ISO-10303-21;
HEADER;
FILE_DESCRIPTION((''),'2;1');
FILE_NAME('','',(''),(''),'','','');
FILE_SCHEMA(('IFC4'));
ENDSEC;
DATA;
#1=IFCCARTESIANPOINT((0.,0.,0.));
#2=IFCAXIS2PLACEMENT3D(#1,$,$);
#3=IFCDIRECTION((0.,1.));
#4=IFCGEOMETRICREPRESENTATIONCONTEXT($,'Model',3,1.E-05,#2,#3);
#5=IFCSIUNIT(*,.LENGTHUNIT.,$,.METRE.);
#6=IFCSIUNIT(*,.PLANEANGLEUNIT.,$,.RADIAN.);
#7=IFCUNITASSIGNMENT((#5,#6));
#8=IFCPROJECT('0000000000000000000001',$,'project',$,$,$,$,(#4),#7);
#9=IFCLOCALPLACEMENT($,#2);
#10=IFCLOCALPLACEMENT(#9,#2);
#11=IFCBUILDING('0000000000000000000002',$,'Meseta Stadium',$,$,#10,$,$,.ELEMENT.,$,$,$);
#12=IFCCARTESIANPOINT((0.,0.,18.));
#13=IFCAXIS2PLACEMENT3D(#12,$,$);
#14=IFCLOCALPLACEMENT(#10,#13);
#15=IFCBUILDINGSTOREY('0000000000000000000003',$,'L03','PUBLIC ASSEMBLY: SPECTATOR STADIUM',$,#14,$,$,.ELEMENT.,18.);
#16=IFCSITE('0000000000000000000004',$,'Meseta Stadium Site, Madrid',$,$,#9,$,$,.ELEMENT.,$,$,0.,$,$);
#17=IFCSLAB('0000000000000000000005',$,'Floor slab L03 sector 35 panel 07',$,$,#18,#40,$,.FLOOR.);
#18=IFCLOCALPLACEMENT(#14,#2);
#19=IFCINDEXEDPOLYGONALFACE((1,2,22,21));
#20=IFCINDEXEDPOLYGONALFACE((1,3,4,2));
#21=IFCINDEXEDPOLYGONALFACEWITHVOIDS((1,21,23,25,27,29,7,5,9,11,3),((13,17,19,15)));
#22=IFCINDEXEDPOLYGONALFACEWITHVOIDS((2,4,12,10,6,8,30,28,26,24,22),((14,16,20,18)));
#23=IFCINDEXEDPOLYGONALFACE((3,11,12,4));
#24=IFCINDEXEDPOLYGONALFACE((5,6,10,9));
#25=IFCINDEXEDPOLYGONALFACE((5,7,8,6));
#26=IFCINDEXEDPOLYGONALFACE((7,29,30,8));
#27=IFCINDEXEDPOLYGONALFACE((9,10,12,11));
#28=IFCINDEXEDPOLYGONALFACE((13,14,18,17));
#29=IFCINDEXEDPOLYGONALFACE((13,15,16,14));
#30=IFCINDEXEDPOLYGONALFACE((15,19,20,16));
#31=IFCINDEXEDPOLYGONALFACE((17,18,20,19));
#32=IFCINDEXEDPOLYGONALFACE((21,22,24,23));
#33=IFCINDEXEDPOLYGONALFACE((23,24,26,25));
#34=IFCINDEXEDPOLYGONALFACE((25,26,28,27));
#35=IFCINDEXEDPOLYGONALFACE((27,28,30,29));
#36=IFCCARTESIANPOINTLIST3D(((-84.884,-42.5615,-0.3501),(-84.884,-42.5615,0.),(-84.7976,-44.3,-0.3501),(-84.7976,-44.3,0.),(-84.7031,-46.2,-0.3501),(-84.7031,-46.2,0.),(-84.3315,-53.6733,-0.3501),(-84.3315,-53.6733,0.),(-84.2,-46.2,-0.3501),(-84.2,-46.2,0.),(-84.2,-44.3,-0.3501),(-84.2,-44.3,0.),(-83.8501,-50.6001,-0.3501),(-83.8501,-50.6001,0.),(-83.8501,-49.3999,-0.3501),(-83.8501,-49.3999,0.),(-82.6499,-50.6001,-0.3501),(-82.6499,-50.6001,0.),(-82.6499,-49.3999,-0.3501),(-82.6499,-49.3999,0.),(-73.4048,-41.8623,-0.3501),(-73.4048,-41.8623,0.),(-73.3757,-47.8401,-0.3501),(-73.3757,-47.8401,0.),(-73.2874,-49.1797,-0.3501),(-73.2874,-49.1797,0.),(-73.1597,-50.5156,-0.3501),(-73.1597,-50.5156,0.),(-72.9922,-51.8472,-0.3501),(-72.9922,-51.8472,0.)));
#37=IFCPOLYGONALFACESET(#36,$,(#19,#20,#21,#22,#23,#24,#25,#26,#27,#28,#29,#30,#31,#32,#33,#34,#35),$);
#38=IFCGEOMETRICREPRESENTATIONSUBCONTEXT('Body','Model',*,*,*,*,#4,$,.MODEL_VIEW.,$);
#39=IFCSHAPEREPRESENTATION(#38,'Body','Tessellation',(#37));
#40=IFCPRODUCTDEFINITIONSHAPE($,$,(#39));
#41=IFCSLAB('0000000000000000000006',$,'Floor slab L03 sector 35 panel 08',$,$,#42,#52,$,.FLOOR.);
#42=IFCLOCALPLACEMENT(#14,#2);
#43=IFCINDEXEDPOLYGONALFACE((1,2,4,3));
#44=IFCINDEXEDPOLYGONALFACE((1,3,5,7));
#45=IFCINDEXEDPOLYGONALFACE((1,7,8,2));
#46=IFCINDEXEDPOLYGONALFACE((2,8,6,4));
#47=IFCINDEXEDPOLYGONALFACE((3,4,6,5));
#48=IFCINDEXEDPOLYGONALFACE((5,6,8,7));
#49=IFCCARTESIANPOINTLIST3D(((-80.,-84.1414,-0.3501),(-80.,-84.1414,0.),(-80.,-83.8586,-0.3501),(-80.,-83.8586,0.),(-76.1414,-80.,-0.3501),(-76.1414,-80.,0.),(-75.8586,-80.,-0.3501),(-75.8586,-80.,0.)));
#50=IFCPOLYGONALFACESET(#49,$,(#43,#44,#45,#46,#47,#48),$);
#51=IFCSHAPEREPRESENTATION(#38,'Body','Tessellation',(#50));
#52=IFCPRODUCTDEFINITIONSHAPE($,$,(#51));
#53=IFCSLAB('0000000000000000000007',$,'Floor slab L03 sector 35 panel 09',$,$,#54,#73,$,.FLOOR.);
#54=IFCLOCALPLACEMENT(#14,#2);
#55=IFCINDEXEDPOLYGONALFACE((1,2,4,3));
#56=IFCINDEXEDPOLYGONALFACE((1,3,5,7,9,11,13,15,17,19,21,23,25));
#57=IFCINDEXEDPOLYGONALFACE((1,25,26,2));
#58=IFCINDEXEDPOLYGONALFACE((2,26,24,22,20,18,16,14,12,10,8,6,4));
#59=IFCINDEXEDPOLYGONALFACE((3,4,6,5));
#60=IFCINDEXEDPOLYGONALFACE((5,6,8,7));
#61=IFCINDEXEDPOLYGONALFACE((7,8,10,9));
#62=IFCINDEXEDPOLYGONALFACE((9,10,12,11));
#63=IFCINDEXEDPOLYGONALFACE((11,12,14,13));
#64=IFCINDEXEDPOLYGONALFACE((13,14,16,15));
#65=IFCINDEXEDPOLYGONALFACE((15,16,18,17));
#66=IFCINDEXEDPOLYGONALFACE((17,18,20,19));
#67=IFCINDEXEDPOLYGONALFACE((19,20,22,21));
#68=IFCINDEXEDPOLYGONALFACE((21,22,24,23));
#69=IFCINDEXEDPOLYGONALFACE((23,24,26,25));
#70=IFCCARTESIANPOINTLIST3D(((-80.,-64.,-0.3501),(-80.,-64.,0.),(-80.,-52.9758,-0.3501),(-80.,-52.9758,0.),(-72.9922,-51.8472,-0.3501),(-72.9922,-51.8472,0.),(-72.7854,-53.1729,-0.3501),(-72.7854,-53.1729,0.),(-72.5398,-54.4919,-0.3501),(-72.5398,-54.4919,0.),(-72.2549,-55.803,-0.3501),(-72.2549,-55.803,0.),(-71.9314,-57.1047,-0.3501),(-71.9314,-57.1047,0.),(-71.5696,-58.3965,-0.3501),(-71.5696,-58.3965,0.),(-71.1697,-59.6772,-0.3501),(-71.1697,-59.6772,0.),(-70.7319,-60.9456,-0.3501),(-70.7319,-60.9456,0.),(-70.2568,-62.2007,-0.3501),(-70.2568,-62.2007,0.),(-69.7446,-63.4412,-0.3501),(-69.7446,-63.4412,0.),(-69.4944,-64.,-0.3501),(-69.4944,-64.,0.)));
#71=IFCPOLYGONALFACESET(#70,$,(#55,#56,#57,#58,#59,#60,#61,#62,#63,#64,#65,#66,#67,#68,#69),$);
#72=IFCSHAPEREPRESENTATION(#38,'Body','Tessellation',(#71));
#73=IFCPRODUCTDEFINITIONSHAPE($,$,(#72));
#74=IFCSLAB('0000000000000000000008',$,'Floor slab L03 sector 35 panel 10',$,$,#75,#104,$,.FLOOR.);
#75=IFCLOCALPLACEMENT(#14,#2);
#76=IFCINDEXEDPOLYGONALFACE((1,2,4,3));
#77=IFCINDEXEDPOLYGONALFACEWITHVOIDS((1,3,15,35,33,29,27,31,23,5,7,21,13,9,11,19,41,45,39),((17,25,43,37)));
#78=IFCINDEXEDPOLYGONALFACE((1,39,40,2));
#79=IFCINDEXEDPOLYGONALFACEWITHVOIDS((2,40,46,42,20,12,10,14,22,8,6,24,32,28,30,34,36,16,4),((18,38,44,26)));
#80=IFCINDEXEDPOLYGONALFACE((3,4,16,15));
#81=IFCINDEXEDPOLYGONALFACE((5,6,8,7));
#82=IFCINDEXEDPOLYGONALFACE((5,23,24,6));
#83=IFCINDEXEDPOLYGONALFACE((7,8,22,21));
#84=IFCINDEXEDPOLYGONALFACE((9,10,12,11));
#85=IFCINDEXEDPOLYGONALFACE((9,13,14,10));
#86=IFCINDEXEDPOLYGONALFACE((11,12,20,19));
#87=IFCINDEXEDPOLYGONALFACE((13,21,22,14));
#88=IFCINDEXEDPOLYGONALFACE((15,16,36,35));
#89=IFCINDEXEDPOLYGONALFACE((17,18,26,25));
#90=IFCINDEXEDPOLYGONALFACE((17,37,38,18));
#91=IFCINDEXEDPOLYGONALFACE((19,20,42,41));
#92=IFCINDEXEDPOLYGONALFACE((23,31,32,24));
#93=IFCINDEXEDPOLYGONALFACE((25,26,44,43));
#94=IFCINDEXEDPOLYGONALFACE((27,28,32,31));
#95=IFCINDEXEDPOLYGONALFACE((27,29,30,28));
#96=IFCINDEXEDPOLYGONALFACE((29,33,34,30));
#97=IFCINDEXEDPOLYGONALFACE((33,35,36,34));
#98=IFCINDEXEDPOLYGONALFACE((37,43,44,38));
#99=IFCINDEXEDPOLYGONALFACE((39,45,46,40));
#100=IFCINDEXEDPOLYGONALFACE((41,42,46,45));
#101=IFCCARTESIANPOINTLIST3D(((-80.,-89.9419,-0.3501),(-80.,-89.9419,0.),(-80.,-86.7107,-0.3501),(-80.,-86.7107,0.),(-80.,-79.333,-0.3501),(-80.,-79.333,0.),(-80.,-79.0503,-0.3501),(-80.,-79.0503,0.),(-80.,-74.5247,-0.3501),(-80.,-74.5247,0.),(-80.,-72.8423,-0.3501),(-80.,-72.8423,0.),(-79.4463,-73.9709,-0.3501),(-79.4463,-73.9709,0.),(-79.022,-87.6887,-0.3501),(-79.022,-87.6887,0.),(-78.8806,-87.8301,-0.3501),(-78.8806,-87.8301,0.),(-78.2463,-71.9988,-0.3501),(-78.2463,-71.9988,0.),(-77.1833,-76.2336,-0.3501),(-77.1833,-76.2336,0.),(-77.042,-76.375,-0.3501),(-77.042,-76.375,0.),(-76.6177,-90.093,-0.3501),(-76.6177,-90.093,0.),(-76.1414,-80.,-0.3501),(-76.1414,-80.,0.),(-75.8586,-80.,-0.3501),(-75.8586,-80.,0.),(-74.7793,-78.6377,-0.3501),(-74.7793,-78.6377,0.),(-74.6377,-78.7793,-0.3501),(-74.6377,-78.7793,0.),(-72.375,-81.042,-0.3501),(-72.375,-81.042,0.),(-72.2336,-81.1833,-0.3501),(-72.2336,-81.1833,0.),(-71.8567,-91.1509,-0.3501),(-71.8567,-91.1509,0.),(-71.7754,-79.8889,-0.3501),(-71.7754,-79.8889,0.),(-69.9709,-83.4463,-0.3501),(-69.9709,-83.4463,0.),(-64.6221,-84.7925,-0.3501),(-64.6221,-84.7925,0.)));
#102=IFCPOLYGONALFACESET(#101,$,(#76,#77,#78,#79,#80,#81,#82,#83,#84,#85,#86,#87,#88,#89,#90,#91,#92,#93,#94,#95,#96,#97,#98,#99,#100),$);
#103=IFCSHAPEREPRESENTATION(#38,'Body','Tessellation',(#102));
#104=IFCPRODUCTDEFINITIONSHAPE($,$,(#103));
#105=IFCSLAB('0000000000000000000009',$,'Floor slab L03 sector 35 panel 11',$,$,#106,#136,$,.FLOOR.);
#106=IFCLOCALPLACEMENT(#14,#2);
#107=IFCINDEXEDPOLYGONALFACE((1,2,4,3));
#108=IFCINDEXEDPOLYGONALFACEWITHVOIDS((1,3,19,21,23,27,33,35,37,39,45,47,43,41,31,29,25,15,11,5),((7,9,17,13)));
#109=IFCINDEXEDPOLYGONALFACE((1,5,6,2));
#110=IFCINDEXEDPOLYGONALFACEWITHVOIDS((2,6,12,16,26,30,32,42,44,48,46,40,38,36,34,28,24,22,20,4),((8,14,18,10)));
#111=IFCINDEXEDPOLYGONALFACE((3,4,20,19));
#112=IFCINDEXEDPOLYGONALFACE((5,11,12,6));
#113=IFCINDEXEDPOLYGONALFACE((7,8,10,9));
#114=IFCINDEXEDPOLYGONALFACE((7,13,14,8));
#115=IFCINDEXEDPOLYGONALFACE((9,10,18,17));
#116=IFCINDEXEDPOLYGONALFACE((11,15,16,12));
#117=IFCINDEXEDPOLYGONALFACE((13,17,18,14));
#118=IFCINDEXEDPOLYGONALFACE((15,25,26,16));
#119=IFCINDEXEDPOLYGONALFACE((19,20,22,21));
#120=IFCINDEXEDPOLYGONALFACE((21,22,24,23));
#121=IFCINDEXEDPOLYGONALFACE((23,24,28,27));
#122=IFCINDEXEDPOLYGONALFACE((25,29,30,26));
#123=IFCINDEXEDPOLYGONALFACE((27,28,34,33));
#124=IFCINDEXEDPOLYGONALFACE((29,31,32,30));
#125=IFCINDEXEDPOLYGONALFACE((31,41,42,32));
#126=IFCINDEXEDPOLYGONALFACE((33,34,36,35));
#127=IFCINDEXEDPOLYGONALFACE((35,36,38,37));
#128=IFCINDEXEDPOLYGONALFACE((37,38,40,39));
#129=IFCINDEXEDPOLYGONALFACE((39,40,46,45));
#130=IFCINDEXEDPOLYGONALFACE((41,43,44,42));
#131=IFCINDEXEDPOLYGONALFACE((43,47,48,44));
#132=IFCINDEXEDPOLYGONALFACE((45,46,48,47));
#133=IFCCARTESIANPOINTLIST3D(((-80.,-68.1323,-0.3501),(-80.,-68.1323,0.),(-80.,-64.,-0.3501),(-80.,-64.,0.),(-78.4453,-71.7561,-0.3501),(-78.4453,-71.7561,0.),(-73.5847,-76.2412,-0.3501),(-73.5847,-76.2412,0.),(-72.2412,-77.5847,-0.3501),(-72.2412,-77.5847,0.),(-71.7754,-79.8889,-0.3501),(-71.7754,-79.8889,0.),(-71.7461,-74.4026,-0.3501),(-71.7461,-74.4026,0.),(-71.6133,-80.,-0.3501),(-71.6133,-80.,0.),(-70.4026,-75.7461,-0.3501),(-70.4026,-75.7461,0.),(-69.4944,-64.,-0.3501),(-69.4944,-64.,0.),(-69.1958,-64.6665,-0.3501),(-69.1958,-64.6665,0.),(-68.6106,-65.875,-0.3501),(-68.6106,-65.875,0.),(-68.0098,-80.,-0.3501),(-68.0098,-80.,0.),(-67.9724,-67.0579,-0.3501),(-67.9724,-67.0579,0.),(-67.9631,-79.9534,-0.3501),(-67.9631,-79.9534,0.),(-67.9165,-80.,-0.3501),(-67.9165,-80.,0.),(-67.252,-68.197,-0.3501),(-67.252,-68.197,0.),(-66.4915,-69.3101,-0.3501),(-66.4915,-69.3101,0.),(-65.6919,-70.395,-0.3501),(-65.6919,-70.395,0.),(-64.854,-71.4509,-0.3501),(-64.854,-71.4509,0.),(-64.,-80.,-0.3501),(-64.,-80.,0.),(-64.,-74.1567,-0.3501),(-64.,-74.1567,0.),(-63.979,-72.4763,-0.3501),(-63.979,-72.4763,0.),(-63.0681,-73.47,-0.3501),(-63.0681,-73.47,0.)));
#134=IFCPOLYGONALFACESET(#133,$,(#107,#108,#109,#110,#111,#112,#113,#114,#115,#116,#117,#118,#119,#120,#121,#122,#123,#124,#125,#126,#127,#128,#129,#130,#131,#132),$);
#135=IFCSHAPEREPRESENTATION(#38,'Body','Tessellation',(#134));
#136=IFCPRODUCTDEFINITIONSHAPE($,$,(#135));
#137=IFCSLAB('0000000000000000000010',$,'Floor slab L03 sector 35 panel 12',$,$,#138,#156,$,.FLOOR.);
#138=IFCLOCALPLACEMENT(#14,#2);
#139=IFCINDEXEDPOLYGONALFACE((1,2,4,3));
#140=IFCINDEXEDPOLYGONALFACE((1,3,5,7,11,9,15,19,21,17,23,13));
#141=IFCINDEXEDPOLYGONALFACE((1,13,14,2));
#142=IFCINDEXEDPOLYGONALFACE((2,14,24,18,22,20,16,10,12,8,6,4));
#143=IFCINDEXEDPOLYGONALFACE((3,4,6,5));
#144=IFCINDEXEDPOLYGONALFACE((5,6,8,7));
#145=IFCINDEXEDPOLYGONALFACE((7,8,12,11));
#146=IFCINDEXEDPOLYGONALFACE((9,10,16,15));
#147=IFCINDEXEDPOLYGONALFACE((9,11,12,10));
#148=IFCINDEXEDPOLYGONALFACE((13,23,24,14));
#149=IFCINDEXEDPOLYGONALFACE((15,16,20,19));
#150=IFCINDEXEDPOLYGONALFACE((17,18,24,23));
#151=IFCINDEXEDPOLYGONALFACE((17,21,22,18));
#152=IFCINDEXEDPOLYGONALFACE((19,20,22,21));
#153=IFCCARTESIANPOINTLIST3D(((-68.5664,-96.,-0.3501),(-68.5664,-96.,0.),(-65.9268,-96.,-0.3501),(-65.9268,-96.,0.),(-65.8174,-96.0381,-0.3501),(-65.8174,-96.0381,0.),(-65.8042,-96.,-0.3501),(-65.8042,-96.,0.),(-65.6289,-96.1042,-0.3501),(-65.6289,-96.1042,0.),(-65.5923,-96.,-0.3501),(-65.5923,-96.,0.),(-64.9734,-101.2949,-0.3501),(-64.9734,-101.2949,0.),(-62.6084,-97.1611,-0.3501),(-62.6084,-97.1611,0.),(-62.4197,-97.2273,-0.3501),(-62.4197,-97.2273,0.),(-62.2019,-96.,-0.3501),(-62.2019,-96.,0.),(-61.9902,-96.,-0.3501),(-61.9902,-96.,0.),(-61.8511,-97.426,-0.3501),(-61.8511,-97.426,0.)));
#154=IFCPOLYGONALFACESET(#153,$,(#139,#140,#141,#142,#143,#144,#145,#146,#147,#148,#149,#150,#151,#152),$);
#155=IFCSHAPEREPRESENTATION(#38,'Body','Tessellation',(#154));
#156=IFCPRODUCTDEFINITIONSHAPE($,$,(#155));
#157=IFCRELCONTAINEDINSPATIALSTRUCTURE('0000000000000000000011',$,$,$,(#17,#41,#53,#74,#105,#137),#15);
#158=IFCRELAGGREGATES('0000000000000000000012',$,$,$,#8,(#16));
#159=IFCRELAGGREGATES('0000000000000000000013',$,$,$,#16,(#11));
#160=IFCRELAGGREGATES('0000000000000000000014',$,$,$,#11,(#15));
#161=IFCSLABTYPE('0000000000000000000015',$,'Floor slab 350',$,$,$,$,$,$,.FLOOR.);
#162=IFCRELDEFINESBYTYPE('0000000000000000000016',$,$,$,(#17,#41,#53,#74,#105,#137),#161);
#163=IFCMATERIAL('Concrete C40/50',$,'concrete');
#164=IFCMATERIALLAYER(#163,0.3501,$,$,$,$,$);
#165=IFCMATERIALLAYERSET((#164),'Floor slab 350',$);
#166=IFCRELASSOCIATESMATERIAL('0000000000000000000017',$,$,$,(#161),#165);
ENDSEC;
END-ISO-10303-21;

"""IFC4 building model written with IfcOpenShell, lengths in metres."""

from ifc_helpers import new_model, si_unit, direction, frame, origin, place, context, subcontext, project, spatial, polyline, outline, extrude, material, layer, layer_set, type_object, element, save


model = new_model("IFC4")

# Units and contexts
model_context = context("Model", 3, precision=1e-05, world=origin(), true_north=direction((0.0, 1.0)))
body_context = subcontext(model_context, "Body", "Model", "MODEL_VIEW")
ifc_project = project(units=[si_unit("LENGTHUNIT", "METRE"), si_unit("PLANEANGLEUNIT", "RADIAN")], contexts=[model_context])

# Site, building, storey
site_placement = place(None, origin())
site = spatial("IfcSite", under=ifc_project, at=site_placement, Name="Meseta Stadium Site, Madrid", CompositionType="ELEMENT", RefElevation=0.0)
building_placement = place(site_placement, origin())
building = spatial("IfcBuilding", under=site, at=building_placement, Name="Meseta Stadium", CompositionType="ELEMENT")
storey_placement = place(building_placement, frame((0.0, 0.0, 18.0)))
storey = spatial("IfcBuildingStorey", under=building, at=storey_placement, Name="L03", Description="PUBLIC ASSEMBLY: SPECTATOR STADIUM", CompositionType="ELEMENT", Elevation=18.0)

# Slabs
ifc_material = material(Name="Concrete C40/50", Category="concrete")
ifc_layer = layer(ifc_material, 0.3501)
ifc_layer_set = layer_set([ifc_layer], Name="Floor slab 350")
slab_type = type_object("IfcSlabType", Name="Floor slab 350", PredefinedType="FLOOR", material=ifc_layer_set)
slab_1_placement = place(storey_placement, frame((0.0, 0.0, -0.3501)))
element("IfcSlab", 1, at=slab_1_placement, inside=storey, type_object=slab_type, Name="Floor slab L03 sector 35 panel 07", PredefinedType="FLOOR", context=body_context, shape_type="SweptSolid", body=[
    extrude(outline(polyline([(-73.2874, -49.1797), (-73.3757, -47.8401), (-73.4048, -41.8623), (-84.884, -42.5615), (-84.7976, -44.3), (-84.2, -44.3), (-84.2, -46.2), (-84.7031, -46.2), (-84.3315, -53.6733), (-72.9922, -51.8472), (-73.1597, -50.5156), (-73.2874, -49.1797)]), holes=[polyline([(-82.6499, -50.6001), (-83.8501, -50.6001), (-83.8501, -49.3999), (-82.6499, -49.3999), (-82.6499, -50.6001)])]), origin(), (0.0, 0.0, 1.0), 0.3501),
])
slab_2_placement = place(storey_placement, frame((0.0, 0.0, -0.3501)))
element("IfcSlab", 2, at=slab_2_placement, inside=storey, type_object=slab_type, Name="Floor slab L03 sector 35 panel 08", PredefinedType="FLOOR", context=body_context, shape_type="SweptSolid", body=[
    extrude(outline(polyline([(-80.0, -83.8586), (-80.0, -84.1414), (-75.8586, -80.0), (-76.1414, -80.0), (-80.0, -83.8586)])), origin(), (0.0, 0.0, 1.0), 0.3501),
])
slab_3_placement = place(storey_placement, frame((0.0, 0.0, -0.3501)))
element("IfcSlab", 3, at=slab_3_placement, inside=storey, type_object=slab_type, Name="Floor slab L03 sector 35 panel 09", PredefinedType="FLOOR", context=body_context, shape_type="SweptSolid", body=[
    extrude(outline(polyline([(-71.9314, -57.1047), (-72.2549, -55.803), (-72.5398, -54.4919), (-72.7854, -53.1729), (-72.9922, -51.8472), (-80.0, -52.9758), (-80.0, -64.0), (-69.4944, -64.0), (-69.7446, -63.4412), (-70.2568, -62.2007), (-70.7319, -60.9456), (-71.1697, -59.6772), (-71.5696, -58.3965), (-71.9314, -57.1047)])), origin(), (0.0, 0.0, 1.0), 0.3501),
])
slab_4_placement = place(storey_placement, frame((0.0, 0.0, -0.3501)))
element("IfcSlab", 4, at=slab_4_placement, inside=storey, type_object=slab_type, Name="Floor slab L03 sector 35 panel 10", PredefinedType="FLOOR", context=body_context, shape_type="SweptSolid", body=[
    extrude(outline(polyline([(-74.7793, -78.6377), (-76.1414, -80.0), (-75.8586, -80.0), (-74.6377, -78.7793), (-72.375, -81.042), (-79.022, -87.6887), (-80.0, -86.7107), (-80.0, -89.9419), (-71.8567, -91.1509), (-64.6221, -84.7925), (-71.7754, -79.8889), (-78.2463, -71.9988), (-80.0, -72.8423), (-80.0, -74.5247), (-79.4463, -73.9709), (-77.1833, -76.2336), (-80.0, -79.0503), (-80.0, -79.333), (-77.042, -76.375), (-74.7793, -78.6377)]), holes=[polyline([(-78.8806, -87.8301), (-72.2336, -81.1833), (-69.9709, -83.4463), (-76.6177, -90.093), (-78.8806, -87.8301)])]), origin(), (0.0, 0.0, 1.0), 0.3501),
])
slab_5_placement = place(storey_placement, frame((0.0, 0.0, -0.3501)))
element("IfcSlab", 5, at=slab_5_placement, inside=storey, type_object=slab_type, Name="Floor slab L03 sector 35 panel 11", PredefinedType="FLOOR", context=body_context, shape_type="SweptSolid", body=[
    extrude(outline(polyline([(-63.979, -72.4763), (-64.854, -71.4509), (-65.6919, -70.395), (-66.4915, -69.3101), (-67.252, -68.197), (-67.9724, -67.0579), (-68.6106, -65.875), (-69.1958, -64.6665), (-69.4944, -64.0), (-80.0, -64.0), (-80.0, -68.1323), (-78.4453, -71.7561), (-71.7754, -79.8889), (-71.6133, -80.0), (-68.0098, -80.0), (-67.9631, -79.9534), (-67.9165, -80.0), (-64.0, -80.0), (-64.0, -74.1567), (-63.0681, -73.47), (-63.979, -72.4763)]), holes=[polyline([(-70.4026, -75.7461), (-72.2412, -77.5847), (-73.5847, -76.2412), (-71.7461, -74.4026), (-70.4026, -75.7461)])]), origin(), (0.0, 0.0, 1.0), 0.3501),
])
slab_6_placement = place(storey_placement, frame((0.0, 0.0, -0.3501)))
element("IfcSlab", 6, at=slab_6_placement, inside=storey, type_object=slab_type, Name="Floor slab L03 sector 35 panel 12", PredefinedType="FLOOR", context=body_context, shape_type="SweptSolid", body=[
    extrude(outline(polyline([(-65.8174, -96.0381), (-65.9268, -96.0), (-68.5664, -96.0), (-64.9734, -101.2949), (-61.8511, -97.426), (-62.4197, -97.2273), (-61.9902, -96.0), (-62.2019, -96.0), (-62.6084, -97.1611), (-65.6289, -96.1042), (-65.5923, -96.0), (-65.8042, -96.0), (-65.8174, -96.0381)])), origin(), (0.0, 0.0, 1.0), 0.3501),
])

save(model, "model.ifc")
